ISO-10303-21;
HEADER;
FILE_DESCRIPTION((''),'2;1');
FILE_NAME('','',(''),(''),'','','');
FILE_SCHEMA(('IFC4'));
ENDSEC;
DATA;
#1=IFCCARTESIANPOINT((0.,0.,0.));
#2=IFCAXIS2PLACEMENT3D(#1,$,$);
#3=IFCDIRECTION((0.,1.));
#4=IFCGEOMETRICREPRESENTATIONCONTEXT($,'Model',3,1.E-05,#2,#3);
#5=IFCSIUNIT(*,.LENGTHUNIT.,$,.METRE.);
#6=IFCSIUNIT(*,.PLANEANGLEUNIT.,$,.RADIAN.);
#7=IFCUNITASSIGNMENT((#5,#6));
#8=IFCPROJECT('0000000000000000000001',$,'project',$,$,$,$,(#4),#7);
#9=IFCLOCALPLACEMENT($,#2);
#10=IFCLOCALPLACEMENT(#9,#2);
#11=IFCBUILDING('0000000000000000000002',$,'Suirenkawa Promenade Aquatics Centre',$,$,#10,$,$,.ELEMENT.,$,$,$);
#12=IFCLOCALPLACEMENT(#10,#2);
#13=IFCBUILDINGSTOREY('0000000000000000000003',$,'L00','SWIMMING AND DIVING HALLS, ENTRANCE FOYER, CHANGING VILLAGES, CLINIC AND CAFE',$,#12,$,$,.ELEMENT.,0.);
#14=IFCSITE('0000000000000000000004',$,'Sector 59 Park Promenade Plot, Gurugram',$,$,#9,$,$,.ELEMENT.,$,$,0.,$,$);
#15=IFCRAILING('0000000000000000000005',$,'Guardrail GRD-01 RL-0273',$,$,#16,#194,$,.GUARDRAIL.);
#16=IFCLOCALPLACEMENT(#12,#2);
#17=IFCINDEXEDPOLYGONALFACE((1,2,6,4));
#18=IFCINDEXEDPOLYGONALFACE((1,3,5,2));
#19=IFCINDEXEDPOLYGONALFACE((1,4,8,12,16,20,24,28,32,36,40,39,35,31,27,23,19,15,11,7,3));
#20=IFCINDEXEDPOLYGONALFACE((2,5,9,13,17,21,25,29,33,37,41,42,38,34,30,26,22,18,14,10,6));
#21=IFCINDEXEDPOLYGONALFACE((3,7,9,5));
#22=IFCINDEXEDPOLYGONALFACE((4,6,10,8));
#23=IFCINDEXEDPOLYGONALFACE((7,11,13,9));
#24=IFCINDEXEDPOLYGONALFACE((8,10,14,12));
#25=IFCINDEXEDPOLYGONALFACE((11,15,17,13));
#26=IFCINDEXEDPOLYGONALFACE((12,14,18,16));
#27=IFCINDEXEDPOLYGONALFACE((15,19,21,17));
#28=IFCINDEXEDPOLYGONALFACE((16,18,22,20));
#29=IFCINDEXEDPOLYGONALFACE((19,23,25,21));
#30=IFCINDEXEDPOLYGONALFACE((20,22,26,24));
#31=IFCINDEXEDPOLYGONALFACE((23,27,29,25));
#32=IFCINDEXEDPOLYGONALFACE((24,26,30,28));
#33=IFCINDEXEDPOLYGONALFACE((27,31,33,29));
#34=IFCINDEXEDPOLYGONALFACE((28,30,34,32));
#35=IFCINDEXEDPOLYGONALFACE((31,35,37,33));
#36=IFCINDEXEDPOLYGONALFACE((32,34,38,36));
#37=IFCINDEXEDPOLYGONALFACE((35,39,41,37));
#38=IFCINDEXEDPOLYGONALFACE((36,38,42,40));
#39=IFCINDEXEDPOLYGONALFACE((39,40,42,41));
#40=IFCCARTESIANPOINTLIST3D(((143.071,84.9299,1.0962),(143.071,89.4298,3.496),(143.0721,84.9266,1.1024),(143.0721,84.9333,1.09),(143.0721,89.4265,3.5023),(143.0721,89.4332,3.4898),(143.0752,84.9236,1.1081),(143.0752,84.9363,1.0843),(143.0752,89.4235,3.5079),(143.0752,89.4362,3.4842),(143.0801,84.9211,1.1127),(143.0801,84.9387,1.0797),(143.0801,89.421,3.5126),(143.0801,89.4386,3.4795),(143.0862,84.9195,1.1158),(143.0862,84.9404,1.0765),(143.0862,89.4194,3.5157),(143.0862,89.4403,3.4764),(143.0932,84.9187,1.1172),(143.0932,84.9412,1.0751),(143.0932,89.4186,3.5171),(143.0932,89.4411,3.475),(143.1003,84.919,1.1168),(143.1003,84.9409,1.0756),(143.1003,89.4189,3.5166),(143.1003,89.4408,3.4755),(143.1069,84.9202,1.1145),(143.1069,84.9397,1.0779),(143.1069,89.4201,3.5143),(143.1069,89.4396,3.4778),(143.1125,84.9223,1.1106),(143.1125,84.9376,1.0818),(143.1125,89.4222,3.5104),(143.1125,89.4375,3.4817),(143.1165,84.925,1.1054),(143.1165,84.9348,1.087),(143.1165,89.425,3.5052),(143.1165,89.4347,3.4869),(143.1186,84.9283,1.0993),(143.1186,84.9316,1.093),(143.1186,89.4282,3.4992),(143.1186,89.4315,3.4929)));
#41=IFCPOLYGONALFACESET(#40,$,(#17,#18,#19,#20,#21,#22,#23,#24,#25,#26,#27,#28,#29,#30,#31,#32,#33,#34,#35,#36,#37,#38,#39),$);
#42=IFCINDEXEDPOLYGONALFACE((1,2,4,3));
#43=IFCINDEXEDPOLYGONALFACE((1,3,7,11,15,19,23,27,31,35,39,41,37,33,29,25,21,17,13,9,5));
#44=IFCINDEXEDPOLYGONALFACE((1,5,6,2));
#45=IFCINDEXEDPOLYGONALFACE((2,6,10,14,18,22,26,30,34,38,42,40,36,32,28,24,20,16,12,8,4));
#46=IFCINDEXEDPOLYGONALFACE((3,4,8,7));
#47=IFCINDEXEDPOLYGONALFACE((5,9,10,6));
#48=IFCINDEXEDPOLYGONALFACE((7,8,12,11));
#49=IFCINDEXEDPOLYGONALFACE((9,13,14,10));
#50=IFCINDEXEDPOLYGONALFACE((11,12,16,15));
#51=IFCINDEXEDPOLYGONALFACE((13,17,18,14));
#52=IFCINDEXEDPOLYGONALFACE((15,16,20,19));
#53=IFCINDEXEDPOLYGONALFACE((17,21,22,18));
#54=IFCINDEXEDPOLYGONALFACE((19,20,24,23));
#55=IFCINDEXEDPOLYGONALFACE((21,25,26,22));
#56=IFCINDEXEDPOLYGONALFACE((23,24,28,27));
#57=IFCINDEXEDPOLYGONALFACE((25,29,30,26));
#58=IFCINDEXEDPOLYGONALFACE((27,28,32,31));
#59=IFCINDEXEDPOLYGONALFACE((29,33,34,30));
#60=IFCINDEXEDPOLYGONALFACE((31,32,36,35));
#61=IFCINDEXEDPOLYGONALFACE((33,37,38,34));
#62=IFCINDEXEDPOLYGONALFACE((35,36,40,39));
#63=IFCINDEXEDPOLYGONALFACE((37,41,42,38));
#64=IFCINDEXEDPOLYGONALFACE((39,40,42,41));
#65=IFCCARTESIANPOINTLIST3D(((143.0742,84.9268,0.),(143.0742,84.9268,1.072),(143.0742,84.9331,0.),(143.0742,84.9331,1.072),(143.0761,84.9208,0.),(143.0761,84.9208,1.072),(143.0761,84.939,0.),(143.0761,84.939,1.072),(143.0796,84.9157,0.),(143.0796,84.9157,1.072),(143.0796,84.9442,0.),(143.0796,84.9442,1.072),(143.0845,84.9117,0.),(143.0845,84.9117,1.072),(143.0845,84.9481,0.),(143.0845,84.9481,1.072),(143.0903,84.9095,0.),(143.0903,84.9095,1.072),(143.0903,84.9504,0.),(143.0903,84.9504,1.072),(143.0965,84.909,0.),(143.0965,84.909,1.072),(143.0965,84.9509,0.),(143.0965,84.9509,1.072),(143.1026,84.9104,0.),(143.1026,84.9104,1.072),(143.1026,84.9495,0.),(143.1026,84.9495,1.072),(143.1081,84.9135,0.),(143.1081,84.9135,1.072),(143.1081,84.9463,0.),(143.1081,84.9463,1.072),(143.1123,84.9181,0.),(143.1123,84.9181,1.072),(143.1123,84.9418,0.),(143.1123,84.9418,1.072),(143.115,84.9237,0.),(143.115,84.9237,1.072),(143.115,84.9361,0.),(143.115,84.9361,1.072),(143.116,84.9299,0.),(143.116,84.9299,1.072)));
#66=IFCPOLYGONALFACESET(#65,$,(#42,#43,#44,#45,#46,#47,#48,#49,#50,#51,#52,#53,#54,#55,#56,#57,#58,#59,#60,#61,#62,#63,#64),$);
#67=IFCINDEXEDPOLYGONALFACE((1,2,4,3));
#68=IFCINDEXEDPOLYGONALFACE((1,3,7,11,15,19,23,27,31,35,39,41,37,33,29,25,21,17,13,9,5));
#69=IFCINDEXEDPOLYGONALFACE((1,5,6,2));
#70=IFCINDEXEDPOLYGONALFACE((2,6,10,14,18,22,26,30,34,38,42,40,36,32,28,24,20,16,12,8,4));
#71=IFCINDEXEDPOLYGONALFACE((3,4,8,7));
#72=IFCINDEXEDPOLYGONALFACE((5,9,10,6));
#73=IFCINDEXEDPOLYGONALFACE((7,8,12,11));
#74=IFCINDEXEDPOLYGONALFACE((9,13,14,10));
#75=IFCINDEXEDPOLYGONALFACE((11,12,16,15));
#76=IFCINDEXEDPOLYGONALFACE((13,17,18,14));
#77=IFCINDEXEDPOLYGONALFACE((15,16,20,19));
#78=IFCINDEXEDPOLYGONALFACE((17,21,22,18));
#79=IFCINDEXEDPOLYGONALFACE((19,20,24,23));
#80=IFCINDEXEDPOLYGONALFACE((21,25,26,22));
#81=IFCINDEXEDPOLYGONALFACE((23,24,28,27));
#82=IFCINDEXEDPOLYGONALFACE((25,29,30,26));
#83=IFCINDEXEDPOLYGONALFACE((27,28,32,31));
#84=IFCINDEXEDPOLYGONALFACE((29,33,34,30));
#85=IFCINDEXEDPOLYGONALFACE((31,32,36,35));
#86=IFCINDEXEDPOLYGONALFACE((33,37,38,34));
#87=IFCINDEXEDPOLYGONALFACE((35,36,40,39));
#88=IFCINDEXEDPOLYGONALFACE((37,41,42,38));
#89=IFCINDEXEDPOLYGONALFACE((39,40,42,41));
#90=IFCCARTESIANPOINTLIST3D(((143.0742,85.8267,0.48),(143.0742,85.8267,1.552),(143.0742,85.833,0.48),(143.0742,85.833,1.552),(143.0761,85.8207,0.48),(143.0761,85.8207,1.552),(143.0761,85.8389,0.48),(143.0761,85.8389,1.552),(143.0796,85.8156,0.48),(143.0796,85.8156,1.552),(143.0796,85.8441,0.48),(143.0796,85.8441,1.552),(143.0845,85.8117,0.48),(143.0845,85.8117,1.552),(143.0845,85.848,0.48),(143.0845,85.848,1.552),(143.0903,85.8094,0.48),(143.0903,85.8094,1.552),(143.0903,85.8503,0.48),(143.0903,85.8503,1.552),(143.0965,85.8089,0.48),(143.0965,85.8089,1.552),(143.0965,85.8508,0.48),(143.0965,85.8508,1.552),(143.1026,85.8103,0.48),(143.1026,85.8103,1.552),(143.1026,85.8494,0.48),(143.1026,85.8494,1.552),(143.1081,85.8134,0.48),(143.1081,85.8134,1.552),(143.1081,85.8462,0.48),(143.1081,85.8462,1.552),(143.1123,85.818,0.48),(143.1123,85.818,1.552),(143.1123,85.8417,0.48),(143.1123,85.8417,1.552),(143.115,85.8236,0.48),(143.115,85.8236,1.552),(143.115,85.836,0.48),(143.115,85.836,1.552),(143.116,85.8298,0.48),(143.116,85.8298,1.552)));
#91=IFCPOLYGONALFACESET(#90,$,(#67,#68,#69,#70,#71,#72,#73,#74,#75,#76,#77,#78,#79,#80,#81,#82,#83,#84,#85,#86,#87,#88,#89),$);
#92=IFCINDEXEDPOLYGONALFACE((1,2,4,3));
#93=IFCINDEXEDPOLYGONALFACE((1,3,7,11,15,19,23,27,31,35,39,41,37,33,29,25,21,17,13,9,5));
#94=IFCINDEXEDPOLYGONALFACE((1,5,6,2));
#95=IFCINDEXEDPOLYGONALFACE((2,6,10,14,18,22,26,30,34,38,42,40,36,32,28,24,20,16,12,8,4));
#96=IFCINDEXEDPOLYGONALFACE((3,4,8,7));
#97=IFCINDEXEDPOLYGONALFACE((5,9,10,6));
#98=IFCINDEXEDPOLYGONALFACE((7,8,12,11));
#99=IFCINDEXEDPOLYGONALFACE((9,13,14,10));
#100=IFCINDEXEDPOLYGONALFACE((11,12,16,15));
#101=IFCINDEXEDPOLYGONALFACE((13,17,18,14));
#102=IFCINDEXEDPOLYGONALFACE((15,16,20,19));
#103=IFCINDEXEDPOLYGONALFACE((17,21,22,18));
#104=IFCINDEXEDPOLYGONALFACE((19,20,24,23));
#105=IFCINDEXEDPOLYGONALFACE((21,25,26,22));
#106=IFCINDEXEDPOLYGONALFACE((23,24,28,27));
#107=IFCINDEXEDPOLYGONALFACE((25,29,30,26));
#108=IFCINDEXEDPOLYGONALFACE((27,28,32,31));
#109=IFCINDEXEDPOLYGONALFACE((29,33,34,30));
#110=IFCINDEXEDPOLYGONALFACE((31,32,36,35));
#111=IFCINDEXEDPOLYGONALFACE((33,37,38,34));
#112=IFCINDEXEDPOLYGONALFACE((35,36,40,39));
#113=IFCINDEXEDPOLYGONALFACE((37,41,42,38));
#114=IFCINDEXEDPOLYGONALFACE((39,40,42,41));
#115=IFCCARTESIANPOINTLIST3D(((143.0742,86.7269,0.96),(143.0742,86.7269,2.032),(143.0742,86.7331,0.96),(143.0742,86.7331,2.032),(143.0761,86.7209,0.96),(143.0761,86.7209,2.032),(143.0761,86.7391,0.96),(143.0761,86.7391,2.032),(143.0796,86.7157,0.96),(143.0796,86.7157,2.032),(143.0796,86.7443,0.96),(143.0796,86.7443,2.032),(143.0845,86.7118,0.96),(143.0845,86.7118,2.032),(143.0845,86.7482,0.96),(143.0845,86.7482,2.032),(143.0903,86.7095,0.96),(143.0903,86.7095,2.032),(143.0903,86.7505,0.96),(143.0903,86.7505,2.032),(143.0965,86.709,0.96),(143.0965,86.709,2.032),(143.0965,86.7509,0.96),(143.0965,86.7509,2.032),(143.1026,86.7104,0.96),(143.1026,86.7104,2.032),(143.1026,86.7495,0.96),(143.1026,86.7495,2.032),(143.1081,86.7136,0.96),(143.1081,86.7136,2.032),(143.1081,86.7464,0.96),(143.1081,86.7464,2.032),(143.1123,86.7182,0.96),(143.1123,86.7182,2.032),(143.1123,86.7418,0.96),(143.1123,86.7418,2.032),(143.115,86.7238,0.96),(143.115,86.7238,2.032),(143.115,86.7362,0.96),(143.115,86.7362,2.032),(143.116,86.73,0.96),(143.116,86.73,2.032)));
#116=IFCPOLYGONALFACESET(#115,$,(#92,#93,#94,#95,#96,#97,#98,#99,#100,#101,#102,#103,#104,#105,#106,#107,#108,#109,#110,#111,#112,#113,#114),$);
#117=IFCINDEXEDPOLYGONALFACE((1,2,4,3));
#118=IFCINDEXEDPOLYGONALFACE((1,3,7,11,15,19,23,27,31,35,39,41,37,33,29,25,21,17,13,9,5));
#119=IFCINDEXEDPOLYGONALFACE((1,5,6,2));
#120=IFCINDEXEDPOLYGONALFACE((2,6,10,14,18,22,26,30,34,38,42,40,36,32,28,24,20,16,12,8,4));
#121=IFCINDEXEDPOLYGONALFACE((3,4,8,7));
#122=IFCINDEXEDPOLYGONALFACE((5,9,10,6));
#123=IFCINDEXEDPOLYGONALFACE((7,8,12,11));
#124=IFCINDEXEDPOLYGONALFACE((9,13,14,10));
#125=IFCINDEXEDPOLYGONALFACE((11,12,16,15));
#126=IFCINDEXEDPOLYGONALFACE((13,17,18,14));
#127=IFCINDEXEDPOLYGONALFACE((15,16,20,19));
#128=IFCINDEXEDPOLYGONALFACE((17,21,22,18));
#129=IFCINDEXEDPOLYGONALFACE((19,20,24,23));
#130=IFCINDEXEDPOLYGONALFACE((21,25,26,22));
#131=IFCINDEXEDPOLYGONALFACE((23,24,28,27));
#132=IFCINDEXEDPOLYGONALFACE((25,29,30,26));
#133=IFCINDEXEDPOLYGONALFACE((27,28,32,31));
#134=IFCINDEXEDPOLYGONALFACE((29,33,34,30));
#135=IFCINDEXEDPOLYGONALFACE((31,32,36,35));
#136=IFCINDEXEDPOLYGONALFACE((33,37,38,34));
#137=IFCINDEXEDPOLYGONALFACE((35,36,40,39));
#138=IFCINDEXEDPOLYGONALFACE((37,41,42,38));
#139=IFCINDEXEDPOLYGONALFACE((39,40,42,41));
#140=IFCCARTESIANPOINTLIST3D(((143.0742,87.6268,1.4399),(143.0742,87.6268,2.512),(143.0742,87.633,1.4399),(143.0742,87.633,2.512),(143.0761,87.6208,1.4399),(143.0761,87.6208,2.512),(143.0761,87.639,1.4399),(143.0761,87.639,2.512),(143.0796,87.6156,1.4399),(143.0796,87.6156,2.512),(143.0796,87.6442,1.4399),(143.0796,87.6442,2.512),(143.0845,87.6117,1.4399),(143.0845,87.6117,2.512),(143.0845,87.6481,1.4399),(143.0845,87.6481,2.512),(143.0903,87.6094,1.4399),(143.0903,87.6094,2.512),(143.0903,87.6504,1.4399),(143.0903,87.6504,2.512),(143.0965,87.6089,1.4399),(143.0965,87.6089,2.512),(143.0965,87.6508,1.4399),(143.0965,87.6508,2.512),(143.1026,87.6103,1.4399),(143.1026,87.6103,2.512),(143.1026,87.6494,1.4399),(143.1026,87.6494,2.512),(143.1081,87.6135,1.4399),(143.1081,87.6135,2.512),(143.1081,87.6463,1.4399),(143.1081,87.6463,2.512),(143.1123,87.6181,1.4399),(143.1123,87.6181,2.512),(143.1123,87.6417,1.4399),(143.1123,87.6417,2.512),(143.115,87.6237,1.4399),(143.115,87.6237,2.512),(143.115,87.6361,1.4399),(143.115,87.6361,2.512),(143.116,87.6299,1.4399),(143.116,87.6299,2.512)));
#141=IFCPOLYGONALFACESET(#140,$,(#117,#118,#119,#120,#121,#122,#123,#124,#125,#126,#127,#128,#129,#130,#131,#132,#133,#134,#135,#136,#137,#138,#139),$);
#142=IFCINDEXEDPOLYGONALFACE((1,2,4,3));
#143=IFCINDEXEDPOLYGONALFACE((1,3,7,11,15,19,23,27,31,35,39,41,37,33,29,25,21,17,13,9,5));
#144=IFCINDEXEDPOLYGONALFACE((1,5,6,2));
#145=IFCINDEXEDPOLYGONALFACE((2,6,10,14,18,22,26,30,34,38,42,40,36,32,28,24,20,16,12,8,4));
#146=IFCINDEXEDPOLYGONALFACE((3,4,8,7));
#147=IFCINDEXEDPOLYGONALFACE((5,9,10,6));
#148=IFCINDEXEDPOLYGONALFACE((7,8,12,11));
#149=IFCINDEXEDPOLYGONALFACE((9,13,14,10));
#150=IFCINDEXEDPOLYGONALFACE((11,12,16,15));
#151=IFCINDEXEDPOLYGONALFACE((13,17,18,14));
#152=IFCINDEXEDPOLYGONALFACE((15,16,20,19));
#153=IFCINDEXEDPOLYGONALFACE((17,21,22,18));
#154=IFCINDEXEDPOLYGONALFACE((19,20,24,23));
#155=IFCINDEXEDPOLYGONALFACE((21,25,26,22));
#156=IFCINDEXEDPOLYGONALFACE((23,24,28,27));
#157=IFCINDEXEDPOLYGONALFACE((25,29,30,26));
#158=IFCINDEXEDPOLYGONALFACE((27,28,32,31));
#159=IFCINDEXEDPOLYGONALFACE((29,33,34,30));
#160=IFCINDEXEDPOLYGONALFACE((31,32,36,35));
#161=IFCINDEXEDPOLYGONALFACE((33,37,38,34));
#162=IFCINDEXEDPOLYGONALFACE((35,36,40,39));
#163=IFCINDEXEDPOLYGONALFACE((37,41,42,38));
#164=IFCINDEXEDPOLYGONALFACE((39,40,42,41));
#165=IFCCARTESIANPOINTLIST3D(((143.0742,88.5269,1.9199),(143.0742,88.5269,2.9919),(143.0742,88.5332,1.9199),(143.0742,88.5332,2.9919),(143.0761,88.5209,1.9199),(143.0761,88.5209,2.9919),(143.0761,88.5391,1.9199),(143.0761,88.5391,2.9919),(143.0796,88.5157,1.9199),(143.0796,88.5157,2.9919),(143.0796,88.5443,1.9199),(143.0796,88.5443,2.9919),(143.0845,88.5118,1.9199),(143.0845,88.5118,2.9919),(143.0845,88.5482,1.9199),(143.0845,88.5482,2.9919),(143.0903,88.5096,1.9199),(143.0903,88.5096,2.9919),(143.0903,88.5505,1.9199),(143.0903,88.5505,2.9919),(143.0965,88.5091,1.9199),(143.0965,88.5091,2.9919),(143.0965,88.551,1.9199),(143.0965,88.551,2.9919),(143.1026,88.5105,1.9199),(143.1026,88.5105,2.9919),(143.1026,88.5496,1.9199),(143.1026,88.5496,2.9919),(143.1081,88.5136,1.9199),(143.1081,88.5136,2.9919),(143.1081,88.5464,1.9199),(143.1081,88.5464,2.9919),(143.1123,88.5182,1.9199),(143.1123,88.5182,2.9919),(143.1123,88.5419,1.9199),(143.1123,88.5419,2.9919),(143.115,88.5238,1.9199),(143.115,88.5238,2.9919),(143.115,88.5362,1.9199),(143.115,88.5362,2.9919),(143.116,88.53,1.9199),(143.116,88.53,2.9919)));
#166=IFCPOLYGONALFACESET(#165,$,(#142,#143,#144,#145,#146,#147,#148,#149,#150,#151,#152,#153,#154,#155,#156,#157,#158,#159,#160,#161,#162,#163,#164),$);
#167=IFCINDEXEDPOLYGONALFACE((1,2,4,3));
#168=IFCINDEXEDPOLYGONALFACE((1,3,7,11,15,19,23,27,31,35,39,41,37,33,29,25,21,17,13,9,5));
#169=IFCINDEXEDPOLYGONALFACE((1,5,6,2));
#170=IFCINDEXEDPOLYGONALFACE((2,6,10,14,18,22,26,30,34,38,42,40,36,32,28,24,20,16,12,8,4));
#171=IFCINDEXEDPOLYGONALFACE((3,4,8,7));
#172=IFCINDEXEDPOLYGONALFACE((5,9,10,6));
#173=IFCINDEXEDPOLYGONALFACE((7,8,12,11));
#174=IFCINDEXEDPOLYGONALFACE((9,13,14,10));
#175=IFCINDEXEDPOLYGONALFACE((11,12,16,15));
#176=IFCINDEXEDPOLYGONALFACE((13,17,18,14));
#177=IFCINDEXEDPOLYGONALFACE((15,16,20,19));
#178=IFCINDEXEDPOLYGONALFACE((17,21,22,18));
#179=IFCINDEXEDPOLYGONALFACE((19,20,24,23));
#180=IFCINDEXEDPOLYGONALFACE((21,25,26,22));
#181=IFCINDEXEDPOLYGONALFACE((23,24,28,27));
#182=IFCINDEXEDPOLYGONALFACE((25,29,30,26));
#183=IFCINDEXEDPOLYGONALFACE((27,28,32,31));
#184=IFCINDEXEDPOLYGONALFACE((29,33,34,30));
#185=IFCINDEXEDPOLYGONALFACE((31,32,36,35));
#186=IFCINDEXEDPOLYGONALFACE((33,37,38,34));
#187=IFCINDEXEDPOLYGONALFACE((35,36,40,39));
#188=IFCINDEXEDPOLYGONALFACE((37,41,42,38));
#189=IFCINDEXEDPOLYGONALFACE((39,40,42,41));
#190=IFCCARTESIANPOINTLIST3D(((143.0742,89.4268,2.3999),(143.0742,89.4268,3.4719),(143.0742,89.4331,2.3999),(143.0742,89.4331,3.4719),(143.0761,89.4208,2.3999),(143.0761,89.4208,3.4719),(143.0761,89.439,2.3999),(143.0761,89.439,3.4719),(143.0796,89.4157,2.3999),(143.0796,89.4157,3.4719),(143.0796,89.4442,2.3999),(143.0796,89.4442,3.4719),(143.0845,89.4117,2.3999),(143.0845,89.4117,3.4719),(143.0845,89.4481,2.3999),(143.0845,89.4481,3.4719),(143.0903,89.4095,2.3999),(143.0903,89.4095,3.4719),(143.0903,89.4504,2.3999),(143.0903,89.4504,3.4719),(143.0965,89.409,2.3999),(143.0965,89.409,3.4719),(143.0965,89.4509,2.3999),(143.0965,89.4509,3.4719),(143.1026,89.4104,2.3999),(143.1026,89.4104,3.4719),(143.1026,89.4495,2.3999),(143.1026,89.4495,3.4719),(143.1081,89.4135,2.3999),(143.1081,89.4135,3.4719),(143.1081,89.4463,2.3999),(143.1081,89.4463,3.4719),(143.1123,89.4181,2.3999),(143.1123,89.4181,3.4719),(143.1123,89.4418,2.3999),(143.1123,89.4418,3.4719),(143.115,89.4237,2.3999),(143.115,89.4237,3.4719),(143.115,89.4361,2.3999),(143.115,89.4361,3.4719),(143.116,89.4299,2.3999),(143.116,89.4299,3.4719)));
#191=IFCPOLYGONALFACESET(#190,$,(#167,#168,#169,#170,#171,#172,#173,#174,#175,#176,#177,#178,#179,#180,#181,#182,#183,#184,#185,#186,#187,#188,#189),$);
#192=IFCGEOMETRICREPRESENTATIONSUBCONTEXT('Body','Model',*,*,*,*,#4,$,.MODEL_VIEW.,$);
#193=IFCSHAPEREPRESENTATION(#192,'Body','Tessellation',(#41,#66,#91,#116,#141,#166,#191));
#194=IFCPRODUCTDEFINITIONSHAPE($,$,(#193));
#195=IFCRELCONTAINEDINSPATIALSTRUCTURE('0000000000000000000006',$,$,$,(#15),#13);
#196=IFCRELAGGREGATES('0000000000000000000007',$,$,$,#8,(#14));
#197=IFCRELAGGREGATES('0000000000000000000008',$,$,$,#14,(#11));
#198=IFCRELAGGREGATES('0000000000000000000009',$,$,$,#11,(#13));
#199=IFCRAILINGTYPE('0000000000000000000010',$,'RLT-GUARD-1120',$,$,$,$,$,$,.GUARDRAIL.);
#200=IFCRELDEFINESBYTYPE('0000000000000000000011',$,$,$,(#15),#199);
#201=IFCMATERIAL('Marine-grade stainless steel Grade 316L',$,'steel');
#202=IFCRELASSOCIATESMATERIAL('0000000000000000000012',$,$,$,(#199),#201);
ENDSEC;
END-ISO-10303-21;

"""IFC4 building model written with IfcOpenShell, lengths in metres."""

from ifc_helpers import new_model, si_unit, direction, frame, origin, origin_2d, place, context, subcontext, project, spatial, circle, extrude, material, type_object, element, save


model = new_model("IFC4")

# Units and contexts
model_context = context("Model", 3, precision=1e-05, world=origin(), true_north=direction((0.0, 1.0)))
body_context = subcontext(model_context, "Body", "Model", "MODEL_VIEW")
ifc_project = project(units=[si_unit("LENGTHUNIT", "METRE"), si_unit("PLANEANGLEUNIT", "RADIAN")], contexts=[model_context])

# Site, building, storey
site_placement = place(None, origin())
site = spatial("IfcSite", under=ifc_project, at=site_placement, Name="Sector 59 Park Promenade Plot, Gurugram", CompositionType="ELEMENT", RefElevation=0.0)
building_placement = place(site_placement, origin())
building = spatial("IfcBuilding", under=site, at=building_placement, Name="Suirenkawa Promenade Aquatics Centre", CompositionType="ELEMENT")
storey_placement = place(building_placement, origin())
storey = spatial("IfcBuildingStorey", under=building, at=storey_placement, Name="L00", Description="SWIMMING AND DIVING HALLS, ENTRANCE FOYER, CHANGING VILLAGES, CLINIC AND CAFE", CompositionType="ELEMENT", Elevation=0.0)

# Railing
ifc_material_1 = material(Name="Marine-grade stainless steel Grade 316L", Category="steel")
railing_type_1 = type_object("IfcRailingType", Name="RLT-GUARD-1120", PredefinedType="GUARDRAIL", material=ifc_material_1)
railing_1_placement = place(storey_placement, frame((143.095, 84.9299, 0.0)))
element("IfcRailing", 1, at=railing_1_placement, inside=storey, type_object=railing_type_1, Name="Guardrail GRD-01 RL-0273", PredefinedType="GUARDRAIL", context=body_context, shape_type="SweptSolid", body=[
    extrude(circle(Radius=0.0239, at=origin_2d()), frame((0.0, 0.0, 1.0962), z_axis=(0.0, 0.882361, 0.470573), x_axis=(-1.0, 0.0, 0.0)), (0.0, 0.0, 1.0), 5.0999),
    extrude(circle(Radius=0.021, at=origin_2d()), origin(), (0.0, 0.0, 1.0), 1.072),
    extrude(circle(Radius=0.021, at=origin_2d()), frame((0.0, 0.8999, 0.48)), (0.0, 0.0, 1.0), 1.072),
    extrude(circle(Radius=0.021, at=origin_2d()), frame((0.0, 1.8, 0.96)), (0.0, 0.0, 1.0), 1.072),
    extrude(circle(Radius=0.021, at=origin_2d()), frame((0.0, 2.7, 1.4399)), (0.0, 0.0, 1.0), 1.072),
    extrude(circle(Radius=0.021, at=origin_2d()), frame((0.0, 3.6001, 1.9199)), (0.0, 0.0, 1.0), 1.072),
    extrude(circle(Radius=0.021, at=origin_2d()), frame((0.0, 4.5, 2.3999)), (0.0, 0.0, 1.0), 1.072),
])

save(model, "model.ifc")
